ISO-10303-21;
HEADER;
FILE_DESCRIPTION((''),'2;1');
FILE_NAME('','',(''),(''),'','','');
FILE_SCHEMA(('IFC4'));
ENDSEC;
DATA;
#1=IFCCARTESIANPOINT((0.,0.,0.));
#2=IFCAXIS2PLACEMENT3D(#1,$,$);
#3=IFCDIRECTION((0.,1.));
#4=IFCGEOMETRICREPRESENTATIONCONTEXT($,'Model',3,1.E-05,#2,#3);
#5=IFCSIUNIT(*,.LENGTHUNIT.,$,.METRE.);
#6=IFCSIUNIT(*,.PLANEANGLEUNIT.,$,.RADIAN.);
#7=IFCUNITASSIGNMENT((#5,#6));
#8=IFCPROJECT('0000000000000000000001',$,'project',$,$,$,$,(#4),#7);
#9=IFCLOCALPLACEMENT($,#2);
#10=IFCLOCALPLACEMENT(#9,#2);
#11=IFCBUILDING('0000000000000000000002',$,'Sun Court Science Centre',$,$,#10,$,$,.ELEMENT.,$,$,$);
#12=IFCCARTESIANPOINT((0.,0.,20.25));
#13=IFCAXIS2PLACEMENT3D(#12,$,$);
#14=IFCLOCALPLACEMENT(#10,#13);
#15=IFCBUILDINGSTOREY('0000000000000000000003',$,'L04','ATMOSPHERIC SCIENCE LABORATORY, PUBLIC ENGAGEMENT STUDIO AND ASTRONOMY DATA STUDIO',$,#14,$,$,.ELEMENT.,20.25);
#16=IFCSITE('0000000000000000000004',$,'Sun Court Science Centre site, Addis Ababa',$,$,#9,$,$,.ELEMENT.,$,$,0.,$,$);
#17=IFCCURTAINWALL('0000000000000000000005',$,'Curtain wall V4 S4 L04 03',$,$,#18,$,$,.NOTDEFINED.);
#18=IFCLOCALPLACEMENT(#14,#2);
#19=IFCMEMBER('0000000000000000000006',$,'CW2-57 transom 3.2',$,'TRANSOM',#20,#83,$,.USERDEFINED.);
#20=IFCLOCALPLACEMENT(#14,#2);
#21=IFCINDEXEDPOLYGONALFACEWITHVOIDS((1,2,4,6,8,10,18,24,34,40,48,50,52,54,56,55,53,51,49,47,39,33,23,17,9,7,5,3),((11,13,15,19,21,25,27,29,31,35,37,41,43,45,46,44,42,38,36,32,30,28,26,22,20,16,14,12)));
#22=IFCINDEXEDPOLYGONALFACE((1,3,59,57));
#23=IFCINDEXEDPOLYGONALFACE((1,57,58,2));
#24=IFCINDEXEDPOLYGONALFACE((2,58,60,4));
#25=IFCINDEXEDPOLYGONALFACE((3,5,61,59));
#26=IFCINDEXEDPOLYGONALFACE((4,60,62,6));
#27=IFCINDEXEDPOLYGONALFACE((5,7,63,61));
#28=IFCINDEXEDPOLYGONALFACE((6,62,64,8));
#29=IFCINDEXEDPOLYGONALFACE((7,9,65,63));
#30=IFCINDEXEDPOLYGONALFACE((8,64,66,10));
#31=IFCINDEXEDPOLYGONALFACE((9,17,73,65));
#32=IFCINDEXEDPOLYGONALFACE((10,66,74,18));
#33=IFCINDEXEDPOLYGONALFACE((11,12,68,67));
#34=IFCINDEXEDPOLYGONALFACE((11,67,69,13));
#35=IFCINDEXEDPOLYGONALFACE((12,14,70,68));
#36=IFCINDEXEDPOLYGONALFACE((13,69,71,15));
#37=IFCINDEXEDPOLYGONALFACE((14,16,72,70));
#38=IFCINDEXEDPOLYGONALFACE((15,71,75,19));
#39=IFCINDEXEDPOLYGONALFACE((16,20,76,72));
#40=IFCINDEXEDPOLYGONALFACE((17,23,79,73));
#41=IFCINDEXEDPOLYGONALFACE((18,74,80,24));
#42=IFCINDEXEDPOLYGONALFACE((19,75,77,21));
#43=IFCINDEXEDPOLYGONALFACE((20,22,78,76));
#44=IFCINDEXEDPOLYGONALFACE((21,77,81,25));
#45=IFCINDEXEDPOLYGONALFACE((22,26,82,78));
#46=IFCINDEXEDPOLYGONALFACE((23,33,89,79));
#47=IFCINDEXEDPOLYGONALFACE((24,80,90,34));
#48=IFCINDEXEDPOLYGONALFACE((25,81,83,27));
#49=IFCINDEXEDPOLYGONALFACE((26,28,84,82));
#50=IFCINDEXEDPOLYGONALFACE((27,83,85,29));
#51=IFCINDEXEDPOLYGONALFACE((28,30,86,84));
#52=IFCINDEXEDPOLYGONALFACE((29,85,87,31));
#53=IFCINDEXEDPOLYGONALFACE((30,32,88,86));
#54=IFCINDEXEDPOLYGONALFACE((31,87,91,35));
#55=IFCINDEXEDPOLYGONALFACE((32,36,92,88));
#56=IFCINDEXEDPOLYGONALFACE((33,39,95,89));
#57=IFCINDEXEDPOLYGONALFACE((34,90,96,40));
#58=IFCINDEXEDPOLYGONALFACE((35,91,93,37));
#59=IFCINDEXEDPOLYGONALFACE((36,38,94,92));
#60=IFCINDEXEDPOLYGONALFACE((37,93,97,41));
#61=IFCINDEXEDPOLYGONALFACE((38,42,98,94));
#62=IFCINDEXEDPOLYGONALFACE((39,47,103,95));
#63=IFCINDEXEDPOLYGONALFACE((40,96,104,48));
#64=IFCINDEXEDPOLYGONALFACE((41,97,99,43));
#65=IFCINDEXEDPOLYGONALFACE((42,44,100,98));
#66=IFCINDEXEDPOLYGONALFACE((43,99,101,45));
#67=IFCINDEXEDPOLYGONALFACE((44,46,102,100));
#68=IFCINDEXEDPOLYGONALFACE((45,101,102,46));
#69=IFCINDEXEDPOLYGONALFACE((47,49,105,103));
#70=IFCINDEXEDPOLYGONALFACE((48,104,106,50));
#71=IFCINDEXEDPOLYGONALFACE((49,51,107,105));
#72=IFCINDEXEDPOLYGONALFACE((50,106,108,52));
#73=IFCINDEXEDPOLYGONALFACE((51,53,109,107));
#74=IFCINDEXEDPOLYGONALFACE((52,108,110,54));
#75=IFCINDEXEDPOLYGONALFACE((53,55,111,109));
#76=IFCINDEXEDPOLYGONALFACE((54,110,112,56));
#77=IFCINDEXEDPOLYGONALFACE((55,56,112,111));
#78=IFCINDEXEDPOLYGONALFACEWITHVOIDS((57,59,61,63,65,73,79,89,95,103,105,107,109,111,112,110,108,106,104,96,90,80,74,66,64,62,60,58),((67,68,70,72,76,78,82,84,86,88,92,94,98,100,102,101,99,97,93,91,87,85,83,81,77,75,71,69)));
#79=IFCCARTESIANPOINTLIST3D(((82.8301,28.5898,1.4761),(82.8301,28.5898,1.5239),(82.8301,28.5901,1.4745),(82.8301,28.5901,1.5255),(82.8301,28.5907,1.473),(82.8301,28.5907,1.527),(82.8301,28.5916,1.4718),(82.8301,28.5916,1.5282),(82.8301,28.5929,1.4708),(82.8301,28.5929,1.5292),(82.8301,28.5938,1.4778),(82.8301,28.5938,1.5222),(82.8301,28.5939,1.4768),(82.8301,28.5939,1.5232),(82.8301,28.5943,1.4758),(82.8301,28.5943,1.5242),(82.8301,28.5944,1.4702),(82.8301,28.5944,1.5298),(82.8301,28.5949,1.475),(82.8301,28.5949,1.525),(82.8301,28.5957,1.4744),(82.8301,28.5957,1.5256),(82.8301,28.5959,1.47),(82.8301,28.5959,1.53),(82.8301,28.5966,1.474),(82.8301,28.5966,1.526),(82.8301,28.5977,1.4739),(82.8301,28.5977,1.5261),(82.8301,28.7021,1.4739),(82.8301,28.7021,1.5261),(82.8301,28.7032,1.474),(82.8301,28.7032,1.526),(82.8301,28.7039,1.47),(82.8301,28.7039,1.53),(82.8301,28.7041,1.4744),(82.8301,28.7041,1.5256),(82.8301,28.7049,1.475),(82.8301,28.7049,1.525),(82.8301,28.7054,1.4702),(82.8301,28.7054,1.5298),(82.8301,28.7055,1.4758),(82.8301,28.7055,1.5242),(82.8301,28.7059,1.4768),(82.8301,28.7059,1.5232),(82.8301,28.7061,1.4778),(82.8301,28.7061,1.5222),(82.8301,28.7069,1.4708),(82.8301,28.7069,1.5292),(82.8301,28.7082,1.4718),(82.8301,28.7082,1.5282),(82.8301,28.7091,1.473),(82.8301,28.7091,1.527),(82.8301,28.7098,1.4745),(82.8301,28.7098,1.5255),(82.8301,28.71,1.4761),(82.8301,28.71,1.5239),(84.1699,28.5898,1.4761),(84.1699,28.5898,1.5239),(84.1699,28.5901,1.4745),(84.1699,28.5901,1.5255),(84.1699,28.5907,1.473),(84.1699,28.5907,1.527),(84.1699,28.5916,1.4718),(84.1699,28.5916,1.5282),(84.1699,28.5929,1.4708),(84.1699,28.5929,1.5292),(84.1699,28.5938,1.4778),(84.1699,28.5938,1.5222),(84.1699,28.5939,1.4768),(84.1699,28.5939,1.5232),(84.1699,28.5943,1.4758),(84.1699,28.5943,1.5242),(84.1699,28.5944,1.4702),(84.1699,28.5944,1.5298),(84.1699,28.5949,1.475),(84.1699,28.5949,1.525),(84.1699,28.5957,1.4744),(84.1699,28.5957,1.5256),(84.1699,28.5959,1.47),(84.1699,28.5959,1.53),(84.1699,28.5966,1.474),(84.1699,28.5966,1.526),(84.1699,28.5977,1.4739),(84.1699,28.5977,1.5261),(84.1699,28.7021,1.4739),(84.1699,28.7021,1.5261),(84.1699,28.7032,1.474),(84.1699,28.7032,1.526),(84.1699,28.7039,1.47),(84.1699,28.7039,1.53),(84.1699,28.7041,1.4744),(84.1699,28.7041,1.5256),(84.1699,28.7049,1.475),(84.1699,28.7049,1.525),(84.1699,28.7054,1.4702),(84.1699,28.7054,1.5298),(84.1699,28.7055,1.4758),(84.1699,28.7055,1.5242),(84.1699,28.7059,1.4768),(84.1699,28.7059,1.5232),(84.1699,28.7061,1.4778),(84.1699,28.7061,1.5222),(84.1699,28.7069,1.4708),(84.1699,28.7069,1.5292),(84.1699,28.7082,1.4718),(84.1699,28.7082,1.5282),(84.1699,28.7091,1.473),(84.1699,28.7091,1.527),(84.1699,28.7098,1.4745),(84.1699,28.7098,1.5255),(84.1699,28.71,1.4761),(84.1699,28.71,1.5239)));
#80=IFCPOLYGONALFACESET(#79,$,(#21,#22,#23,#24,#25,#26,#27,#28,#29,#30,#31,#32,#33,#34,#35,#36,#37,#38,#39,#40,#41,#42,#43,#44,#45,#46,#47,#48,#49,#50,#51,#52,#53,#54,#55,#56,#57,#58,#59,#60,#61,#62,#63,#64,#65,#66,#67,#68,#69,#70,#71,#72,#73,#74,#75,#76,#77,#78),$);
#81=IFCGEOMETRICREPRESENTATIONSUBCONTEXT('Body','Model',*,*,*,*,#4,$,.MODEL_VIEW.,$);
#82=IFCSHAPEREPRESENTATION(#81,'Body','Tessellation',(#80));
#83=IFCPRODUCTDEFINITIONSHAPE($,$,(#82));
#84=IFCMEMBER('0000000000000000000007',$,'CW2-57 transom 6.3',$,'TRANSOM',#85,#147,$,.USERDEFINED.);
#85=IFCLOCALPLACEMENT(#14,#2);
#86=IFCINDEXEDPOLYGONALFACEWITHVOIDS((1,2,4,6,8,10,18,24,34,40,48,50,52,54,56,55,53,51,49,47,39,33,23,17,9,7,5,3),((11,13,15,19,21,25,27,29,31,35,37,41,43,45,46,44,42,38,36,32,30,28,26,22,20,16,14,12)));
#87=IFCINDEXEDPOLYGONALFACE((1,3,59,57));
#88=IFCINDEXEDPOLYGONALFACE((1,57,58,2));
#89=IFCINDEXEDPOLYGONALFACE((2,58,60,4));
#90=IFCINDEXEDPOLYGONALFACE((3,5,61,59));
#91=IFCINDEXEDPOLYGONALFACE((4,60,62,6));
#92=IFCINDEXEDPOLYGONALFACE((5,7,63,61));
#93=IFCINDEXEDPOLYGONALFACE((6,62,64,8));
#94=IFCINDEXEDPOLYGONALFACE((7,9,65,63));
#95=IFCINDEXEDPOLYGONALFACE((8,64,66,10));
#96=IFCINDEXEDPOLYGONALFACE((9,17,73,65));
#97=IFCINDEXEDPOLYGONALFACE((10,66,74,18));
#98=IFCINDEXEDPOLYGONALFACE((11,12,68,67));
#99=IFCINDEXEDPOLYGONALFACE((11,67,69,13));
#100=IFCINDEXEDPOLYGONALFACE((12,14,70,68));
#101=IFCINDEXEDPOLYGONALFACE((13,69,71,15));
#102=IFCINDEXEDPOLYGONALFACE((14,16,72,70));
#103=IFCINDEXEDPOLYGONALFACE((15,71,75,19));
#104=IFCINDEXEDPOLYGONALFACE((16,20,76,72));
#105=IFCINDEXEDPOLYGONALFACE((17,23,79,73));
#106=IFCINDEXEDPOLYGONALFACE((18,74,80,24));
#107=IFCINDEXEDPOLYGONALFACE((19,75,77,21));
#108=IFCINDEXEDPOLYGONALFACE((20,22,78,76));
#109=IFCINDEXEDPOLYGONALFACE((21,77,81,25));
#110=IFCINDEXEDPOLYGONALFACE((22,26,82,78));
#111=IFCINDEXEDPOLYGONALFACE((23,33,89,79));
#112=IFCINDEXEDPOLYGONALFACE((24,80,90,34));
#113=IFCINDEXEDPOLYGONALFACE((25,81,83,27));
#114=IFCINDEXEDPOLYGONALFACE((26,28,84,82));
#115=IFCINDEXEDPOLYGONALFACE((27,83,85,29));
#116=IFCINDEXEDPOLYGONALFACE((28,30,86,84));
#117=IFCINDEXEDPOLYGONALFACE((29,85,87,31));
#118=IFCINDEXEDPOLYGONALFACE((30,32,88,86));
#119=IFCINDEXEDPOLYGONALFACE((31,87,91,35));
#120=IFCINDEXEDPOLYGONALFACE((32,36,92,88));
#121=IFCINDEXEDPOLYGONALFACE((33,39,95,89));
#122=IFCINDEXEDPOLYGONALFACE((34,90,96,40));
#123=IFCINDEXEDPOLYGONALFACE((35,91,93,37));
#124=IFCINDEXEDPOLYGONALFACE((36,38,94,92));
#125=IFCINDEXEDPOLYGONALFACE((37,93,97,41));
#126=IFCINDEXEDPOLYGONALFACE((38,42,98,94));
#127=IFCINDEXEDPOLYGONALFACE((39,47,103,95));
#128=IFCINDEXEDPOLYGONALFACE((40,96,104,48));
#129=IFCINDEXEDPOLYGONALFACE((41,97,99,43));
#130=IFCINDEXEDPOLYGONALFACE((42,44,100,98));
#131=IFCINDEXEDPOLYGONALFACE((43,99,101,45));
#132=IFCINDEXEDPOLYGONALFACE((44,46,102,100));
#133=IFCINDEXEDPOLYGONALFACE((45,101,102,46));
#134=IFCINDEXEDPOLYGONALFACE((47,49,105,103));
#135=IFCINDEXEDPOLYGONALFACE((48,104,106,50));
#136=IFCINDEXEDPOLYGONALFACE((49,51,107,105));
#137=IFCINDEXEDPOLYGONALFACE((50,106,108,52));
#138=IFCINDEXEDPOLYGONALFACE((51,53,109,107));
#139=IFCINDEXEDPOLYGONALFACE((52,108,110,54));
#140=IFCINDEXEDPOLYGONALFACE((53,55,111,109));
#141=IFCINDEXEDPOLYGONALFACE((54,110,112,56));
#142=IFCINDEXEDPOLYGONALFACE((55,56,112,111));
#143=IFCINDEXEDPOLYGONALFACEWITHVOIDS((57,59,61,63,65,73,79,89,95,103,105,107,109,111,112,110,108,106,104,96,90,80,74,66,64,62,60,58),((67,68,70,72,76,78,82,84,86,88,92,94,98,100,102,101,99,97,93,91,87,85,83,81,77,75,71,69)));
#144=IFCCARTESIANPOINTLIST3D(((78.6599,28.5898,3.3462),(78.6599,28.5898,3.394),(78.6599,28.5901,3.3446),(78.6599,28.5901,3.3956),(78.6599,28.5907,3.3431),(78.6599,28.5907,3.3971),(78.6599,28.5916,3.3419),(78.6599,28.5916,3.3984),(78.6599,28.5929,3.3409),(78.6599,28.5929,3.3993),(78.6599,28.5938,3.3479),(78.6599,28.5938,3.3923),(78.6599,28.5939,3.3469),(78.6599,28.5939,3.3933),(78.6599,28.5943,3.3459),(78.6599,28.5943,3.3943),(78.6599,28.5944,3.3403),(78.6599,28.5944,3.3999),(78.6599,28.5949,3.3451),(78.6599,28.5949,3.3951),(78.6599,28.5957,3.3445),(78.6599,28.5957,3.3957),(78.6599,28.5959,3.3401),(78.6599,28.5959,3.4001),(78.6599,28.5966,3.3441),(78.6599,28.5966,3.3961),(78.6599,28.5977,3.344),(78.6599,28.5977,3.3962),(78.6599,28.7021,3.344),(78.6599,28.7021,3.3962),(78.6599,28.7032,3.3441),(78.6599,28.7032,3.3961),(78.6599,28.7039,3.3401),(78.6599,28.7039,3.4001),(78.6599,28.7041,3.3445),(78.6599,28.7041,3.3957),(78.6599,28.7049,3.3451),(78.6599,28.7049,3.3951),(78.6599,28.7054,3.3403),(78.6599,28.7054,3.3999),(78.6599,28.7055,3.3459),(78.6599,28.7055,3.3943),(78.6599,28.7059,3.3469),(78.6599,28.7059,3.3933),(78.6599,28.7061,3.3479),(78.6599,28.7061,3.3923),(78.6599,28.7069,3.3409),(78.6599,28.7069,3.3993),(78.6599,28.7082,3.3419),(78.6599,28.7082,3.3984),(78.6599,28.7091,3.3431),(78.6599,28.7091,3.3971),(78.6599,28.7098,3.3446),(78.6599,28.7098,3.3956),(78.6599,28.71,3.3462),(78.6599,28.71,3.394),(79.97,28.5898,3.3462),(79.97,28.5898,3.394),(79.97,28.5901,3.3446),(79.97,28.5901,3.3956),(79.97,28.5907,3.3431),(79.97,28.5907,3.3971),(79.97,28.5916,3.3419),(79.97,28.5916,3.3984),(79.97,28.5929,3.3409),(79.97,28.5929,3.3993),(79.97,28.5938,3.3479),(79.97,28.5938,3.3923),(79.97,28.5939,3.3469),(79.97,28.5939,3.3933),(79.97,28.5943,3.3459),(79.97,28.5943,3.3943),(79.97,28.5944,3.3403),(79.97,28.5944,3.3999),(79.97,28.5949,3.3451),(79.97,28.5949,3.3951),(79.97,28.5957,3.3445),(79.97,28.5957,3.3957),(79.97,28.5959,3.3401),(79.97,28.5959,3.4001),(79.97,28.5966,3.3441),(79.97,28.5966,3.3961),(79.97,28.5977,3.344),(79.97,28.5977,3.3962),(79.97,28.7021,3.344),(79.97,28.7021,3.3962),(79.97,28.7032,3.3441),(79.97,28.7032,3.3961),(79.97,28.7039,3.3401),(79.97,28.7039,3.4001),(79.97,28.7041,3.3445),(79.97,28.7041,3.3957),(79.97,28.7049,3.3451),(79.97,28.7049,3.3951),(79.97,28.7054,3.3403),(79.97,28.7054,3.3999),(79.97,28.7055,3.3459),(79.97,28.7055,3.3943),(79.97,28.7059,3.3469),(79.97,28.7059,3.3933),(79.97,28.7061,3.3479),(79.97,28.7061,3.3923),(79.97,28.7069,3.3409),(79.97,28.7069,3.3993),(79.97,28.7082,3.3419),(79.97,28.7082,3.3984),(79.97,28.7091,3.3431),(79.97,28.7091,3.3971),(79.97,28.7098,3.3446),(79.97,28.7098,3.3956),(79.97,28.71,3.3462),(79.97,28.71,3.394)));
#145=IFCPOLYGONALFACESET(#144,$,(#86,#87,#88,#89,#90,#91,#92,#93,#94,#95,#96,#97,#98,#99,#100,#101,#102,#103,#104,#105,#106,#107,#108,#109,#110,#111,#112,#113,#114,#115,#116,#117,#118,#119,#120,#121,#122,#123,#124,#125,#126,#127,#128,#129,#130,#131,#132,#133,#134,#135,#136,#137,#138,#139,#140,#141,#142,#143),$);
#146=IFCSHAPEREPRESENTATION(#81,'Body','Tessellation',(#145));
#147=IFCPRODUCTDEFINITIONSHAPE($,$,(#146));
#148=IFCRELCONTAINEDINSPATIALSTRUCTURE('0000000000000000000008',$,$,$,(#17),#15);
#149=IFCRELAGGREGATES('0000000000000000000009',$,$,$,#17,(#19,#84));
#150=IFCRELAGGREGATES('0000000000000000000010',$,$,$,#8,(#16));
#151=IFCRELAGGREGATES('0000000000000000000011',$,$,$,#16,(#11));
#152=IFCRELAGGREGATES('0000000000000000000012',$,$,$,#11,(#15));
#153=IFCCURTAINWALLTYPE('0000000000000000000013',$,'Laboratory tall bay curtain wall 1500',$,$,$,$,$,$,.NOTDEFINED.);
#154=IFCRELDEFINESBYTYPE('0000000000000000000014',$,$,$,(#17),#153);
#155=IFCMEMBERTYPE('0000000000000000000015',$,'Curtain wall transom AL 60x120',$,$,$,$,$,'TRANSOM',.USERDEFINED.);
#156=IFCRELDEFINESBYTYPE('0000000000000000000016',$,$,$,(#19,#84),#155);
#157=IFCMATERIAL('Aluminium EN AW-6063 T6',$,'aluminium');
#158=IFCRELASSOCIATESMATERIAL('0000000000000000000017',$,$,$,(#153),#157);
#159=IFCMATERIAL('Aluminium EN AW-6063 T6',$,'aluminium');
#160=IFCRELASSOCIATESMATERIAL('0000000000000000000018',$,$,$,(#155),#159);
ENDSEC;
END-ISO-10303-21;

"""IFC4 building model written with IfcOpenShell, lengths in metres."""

from ifc_helpers import new_model, si_unit, direction, frame, origin, origin_2d, place, context, subcontext, project, spatial, hollow_rectangle, extrude, material, material_profile, profile_set, type_object, element, aggregate, save


model = new_model("IFC4")

# Units and contexts
model_context = context("Model", 3, precision=1e-05, world=origin(), true_north=direction((0.0, 1.0)))
body_context = subcontext(model_context, "Body", "Model", "MODEL_VIEW")
ifc_project = project(units=[si_unit("LENGTHUNIT", "METRE"), si_unit("PLANEANGLEUNIT", "RADIAN")], contexts=[model_context])

# Site, building, storey
site_placement = place(None, origin())
site = spatial("IfcSite", under=ifc_project, at=site_placement, Name="Sun Court Science Centre site, Addis Ababa", CompositionType="ELEMENT", RefElevation=0.0)
building_placement = place(site_placement, origin())
building = spatial("IfcBuilding", under=site, at=building_placement, Name="Sun Court Science Centre", CompositionType="ELEMENT")
storey_placement = place(building_placement, frame((0.0, 0.0, 20.25)))
storey = spatial("IfcBuildingStorey", under=building, at=storey_placement, Name="L04", Description="ATMOSPHERIC SCIENCE LABORATORY, PUBLIC ENGAGEMENT STUDIO AND ASTRONOMY DATA STUDIO", CompositionType="ELEMENT", Elevation=20.25)

# Curtain wall, members
ifc_material_1 = material(Name="Aluminium EN AW-6063 T6", Category="aluminium")
curtain_wall_type = type_object("IfcCurtainWallType", Name="Laboratory tall bay curtain wall 1500", PredefinedType="NOTDEFINED", material=ifc_material_1)
curtain_wall_placement = place(storey_placement, origin())
curtain_wall = element("IfcCurtainWall", 1, at=curtain_wall_placement, inside=storey, type_object=curtain_wall_type, Name="Curtain wall V4 S4 L04 03", PredefinedType="NOTDEFINED")
ifc_material_2 = material(Name="Aluminium EN AW-6063 T6", Category="aluminium")
ifc_material_profile_1 = material_profile(ifc_material_2, hollow_rectangle(XDim=0.0601, YDim=0.1201, WallThickness=0.0039, InnerFilletRadius=0.0039, OuterFilletRadius=0.0061, at=origin_2d()), Name="AL 60x120x4")
ifc_profile_set_1 = profile_set([ifc_material_profile_1], Name="Aluminium EN AW-6063 T6")
member_type_1 = type_object("IfcMemberType", Name="Curtain wall transom AL 60x120", ElementType="TRANSOM", PredefinedType="USERDEFINED", material=ifc_profile_set_1)
member_1_placement = place(storey_placement, frame((84.1699, 28.6499, 1.5), z_axis=(-1.0, 0.0, 0.0), x_axis=(0.0, 0.0, 1.0)))
member_1 = element("IfcMember", 2, at=member_1_placement, type_object=member_type_1, Name="CW2-57 transom 3.2", ObjectType="TRANSOM", PredefinedType="USERDEFINED", context=body_context, shape_type="SweptSolid", body=[
    extrude(hollow_rectangle(XDim=0.0601, YDim=0.1201, WallThickness=0.0039, InnerFilletRadius=0.0039, OuterFilletRadius=0.0061, at=origin_2d()), origin(), (0.0, 0.0, 1.0), 1.3398),
])
member_2_placement = place(storey_placement, frame((79.97, 28.6499, 3.3701), z_axis=(-1.0, 0.0, 0.0), x_axis=(0.0, 0.0, 1.0)))
member_2 = element("IfcMember", 3, at=member_2_placement, type_object=member_type_1, Name="CW2-57 transom 6.3", ObjectType="TRANSOM", PredefinedType="USERDEFINED", context=body_context, shape_type="SweptSolid", body=[
    extrude(hollow_rectangle(XDim=0.0601, YDim=0.1201, WallThickness=0.0039, InnerFilletRadius=0.0039, OuterFilletRadius=0.0061, at=origin_2d()), origin(), (0.0, 0.0, 1.0), 1.3101),
])

aggregate(curtain_wall, [member_1, member_2])

save(model, "model.ifc")
